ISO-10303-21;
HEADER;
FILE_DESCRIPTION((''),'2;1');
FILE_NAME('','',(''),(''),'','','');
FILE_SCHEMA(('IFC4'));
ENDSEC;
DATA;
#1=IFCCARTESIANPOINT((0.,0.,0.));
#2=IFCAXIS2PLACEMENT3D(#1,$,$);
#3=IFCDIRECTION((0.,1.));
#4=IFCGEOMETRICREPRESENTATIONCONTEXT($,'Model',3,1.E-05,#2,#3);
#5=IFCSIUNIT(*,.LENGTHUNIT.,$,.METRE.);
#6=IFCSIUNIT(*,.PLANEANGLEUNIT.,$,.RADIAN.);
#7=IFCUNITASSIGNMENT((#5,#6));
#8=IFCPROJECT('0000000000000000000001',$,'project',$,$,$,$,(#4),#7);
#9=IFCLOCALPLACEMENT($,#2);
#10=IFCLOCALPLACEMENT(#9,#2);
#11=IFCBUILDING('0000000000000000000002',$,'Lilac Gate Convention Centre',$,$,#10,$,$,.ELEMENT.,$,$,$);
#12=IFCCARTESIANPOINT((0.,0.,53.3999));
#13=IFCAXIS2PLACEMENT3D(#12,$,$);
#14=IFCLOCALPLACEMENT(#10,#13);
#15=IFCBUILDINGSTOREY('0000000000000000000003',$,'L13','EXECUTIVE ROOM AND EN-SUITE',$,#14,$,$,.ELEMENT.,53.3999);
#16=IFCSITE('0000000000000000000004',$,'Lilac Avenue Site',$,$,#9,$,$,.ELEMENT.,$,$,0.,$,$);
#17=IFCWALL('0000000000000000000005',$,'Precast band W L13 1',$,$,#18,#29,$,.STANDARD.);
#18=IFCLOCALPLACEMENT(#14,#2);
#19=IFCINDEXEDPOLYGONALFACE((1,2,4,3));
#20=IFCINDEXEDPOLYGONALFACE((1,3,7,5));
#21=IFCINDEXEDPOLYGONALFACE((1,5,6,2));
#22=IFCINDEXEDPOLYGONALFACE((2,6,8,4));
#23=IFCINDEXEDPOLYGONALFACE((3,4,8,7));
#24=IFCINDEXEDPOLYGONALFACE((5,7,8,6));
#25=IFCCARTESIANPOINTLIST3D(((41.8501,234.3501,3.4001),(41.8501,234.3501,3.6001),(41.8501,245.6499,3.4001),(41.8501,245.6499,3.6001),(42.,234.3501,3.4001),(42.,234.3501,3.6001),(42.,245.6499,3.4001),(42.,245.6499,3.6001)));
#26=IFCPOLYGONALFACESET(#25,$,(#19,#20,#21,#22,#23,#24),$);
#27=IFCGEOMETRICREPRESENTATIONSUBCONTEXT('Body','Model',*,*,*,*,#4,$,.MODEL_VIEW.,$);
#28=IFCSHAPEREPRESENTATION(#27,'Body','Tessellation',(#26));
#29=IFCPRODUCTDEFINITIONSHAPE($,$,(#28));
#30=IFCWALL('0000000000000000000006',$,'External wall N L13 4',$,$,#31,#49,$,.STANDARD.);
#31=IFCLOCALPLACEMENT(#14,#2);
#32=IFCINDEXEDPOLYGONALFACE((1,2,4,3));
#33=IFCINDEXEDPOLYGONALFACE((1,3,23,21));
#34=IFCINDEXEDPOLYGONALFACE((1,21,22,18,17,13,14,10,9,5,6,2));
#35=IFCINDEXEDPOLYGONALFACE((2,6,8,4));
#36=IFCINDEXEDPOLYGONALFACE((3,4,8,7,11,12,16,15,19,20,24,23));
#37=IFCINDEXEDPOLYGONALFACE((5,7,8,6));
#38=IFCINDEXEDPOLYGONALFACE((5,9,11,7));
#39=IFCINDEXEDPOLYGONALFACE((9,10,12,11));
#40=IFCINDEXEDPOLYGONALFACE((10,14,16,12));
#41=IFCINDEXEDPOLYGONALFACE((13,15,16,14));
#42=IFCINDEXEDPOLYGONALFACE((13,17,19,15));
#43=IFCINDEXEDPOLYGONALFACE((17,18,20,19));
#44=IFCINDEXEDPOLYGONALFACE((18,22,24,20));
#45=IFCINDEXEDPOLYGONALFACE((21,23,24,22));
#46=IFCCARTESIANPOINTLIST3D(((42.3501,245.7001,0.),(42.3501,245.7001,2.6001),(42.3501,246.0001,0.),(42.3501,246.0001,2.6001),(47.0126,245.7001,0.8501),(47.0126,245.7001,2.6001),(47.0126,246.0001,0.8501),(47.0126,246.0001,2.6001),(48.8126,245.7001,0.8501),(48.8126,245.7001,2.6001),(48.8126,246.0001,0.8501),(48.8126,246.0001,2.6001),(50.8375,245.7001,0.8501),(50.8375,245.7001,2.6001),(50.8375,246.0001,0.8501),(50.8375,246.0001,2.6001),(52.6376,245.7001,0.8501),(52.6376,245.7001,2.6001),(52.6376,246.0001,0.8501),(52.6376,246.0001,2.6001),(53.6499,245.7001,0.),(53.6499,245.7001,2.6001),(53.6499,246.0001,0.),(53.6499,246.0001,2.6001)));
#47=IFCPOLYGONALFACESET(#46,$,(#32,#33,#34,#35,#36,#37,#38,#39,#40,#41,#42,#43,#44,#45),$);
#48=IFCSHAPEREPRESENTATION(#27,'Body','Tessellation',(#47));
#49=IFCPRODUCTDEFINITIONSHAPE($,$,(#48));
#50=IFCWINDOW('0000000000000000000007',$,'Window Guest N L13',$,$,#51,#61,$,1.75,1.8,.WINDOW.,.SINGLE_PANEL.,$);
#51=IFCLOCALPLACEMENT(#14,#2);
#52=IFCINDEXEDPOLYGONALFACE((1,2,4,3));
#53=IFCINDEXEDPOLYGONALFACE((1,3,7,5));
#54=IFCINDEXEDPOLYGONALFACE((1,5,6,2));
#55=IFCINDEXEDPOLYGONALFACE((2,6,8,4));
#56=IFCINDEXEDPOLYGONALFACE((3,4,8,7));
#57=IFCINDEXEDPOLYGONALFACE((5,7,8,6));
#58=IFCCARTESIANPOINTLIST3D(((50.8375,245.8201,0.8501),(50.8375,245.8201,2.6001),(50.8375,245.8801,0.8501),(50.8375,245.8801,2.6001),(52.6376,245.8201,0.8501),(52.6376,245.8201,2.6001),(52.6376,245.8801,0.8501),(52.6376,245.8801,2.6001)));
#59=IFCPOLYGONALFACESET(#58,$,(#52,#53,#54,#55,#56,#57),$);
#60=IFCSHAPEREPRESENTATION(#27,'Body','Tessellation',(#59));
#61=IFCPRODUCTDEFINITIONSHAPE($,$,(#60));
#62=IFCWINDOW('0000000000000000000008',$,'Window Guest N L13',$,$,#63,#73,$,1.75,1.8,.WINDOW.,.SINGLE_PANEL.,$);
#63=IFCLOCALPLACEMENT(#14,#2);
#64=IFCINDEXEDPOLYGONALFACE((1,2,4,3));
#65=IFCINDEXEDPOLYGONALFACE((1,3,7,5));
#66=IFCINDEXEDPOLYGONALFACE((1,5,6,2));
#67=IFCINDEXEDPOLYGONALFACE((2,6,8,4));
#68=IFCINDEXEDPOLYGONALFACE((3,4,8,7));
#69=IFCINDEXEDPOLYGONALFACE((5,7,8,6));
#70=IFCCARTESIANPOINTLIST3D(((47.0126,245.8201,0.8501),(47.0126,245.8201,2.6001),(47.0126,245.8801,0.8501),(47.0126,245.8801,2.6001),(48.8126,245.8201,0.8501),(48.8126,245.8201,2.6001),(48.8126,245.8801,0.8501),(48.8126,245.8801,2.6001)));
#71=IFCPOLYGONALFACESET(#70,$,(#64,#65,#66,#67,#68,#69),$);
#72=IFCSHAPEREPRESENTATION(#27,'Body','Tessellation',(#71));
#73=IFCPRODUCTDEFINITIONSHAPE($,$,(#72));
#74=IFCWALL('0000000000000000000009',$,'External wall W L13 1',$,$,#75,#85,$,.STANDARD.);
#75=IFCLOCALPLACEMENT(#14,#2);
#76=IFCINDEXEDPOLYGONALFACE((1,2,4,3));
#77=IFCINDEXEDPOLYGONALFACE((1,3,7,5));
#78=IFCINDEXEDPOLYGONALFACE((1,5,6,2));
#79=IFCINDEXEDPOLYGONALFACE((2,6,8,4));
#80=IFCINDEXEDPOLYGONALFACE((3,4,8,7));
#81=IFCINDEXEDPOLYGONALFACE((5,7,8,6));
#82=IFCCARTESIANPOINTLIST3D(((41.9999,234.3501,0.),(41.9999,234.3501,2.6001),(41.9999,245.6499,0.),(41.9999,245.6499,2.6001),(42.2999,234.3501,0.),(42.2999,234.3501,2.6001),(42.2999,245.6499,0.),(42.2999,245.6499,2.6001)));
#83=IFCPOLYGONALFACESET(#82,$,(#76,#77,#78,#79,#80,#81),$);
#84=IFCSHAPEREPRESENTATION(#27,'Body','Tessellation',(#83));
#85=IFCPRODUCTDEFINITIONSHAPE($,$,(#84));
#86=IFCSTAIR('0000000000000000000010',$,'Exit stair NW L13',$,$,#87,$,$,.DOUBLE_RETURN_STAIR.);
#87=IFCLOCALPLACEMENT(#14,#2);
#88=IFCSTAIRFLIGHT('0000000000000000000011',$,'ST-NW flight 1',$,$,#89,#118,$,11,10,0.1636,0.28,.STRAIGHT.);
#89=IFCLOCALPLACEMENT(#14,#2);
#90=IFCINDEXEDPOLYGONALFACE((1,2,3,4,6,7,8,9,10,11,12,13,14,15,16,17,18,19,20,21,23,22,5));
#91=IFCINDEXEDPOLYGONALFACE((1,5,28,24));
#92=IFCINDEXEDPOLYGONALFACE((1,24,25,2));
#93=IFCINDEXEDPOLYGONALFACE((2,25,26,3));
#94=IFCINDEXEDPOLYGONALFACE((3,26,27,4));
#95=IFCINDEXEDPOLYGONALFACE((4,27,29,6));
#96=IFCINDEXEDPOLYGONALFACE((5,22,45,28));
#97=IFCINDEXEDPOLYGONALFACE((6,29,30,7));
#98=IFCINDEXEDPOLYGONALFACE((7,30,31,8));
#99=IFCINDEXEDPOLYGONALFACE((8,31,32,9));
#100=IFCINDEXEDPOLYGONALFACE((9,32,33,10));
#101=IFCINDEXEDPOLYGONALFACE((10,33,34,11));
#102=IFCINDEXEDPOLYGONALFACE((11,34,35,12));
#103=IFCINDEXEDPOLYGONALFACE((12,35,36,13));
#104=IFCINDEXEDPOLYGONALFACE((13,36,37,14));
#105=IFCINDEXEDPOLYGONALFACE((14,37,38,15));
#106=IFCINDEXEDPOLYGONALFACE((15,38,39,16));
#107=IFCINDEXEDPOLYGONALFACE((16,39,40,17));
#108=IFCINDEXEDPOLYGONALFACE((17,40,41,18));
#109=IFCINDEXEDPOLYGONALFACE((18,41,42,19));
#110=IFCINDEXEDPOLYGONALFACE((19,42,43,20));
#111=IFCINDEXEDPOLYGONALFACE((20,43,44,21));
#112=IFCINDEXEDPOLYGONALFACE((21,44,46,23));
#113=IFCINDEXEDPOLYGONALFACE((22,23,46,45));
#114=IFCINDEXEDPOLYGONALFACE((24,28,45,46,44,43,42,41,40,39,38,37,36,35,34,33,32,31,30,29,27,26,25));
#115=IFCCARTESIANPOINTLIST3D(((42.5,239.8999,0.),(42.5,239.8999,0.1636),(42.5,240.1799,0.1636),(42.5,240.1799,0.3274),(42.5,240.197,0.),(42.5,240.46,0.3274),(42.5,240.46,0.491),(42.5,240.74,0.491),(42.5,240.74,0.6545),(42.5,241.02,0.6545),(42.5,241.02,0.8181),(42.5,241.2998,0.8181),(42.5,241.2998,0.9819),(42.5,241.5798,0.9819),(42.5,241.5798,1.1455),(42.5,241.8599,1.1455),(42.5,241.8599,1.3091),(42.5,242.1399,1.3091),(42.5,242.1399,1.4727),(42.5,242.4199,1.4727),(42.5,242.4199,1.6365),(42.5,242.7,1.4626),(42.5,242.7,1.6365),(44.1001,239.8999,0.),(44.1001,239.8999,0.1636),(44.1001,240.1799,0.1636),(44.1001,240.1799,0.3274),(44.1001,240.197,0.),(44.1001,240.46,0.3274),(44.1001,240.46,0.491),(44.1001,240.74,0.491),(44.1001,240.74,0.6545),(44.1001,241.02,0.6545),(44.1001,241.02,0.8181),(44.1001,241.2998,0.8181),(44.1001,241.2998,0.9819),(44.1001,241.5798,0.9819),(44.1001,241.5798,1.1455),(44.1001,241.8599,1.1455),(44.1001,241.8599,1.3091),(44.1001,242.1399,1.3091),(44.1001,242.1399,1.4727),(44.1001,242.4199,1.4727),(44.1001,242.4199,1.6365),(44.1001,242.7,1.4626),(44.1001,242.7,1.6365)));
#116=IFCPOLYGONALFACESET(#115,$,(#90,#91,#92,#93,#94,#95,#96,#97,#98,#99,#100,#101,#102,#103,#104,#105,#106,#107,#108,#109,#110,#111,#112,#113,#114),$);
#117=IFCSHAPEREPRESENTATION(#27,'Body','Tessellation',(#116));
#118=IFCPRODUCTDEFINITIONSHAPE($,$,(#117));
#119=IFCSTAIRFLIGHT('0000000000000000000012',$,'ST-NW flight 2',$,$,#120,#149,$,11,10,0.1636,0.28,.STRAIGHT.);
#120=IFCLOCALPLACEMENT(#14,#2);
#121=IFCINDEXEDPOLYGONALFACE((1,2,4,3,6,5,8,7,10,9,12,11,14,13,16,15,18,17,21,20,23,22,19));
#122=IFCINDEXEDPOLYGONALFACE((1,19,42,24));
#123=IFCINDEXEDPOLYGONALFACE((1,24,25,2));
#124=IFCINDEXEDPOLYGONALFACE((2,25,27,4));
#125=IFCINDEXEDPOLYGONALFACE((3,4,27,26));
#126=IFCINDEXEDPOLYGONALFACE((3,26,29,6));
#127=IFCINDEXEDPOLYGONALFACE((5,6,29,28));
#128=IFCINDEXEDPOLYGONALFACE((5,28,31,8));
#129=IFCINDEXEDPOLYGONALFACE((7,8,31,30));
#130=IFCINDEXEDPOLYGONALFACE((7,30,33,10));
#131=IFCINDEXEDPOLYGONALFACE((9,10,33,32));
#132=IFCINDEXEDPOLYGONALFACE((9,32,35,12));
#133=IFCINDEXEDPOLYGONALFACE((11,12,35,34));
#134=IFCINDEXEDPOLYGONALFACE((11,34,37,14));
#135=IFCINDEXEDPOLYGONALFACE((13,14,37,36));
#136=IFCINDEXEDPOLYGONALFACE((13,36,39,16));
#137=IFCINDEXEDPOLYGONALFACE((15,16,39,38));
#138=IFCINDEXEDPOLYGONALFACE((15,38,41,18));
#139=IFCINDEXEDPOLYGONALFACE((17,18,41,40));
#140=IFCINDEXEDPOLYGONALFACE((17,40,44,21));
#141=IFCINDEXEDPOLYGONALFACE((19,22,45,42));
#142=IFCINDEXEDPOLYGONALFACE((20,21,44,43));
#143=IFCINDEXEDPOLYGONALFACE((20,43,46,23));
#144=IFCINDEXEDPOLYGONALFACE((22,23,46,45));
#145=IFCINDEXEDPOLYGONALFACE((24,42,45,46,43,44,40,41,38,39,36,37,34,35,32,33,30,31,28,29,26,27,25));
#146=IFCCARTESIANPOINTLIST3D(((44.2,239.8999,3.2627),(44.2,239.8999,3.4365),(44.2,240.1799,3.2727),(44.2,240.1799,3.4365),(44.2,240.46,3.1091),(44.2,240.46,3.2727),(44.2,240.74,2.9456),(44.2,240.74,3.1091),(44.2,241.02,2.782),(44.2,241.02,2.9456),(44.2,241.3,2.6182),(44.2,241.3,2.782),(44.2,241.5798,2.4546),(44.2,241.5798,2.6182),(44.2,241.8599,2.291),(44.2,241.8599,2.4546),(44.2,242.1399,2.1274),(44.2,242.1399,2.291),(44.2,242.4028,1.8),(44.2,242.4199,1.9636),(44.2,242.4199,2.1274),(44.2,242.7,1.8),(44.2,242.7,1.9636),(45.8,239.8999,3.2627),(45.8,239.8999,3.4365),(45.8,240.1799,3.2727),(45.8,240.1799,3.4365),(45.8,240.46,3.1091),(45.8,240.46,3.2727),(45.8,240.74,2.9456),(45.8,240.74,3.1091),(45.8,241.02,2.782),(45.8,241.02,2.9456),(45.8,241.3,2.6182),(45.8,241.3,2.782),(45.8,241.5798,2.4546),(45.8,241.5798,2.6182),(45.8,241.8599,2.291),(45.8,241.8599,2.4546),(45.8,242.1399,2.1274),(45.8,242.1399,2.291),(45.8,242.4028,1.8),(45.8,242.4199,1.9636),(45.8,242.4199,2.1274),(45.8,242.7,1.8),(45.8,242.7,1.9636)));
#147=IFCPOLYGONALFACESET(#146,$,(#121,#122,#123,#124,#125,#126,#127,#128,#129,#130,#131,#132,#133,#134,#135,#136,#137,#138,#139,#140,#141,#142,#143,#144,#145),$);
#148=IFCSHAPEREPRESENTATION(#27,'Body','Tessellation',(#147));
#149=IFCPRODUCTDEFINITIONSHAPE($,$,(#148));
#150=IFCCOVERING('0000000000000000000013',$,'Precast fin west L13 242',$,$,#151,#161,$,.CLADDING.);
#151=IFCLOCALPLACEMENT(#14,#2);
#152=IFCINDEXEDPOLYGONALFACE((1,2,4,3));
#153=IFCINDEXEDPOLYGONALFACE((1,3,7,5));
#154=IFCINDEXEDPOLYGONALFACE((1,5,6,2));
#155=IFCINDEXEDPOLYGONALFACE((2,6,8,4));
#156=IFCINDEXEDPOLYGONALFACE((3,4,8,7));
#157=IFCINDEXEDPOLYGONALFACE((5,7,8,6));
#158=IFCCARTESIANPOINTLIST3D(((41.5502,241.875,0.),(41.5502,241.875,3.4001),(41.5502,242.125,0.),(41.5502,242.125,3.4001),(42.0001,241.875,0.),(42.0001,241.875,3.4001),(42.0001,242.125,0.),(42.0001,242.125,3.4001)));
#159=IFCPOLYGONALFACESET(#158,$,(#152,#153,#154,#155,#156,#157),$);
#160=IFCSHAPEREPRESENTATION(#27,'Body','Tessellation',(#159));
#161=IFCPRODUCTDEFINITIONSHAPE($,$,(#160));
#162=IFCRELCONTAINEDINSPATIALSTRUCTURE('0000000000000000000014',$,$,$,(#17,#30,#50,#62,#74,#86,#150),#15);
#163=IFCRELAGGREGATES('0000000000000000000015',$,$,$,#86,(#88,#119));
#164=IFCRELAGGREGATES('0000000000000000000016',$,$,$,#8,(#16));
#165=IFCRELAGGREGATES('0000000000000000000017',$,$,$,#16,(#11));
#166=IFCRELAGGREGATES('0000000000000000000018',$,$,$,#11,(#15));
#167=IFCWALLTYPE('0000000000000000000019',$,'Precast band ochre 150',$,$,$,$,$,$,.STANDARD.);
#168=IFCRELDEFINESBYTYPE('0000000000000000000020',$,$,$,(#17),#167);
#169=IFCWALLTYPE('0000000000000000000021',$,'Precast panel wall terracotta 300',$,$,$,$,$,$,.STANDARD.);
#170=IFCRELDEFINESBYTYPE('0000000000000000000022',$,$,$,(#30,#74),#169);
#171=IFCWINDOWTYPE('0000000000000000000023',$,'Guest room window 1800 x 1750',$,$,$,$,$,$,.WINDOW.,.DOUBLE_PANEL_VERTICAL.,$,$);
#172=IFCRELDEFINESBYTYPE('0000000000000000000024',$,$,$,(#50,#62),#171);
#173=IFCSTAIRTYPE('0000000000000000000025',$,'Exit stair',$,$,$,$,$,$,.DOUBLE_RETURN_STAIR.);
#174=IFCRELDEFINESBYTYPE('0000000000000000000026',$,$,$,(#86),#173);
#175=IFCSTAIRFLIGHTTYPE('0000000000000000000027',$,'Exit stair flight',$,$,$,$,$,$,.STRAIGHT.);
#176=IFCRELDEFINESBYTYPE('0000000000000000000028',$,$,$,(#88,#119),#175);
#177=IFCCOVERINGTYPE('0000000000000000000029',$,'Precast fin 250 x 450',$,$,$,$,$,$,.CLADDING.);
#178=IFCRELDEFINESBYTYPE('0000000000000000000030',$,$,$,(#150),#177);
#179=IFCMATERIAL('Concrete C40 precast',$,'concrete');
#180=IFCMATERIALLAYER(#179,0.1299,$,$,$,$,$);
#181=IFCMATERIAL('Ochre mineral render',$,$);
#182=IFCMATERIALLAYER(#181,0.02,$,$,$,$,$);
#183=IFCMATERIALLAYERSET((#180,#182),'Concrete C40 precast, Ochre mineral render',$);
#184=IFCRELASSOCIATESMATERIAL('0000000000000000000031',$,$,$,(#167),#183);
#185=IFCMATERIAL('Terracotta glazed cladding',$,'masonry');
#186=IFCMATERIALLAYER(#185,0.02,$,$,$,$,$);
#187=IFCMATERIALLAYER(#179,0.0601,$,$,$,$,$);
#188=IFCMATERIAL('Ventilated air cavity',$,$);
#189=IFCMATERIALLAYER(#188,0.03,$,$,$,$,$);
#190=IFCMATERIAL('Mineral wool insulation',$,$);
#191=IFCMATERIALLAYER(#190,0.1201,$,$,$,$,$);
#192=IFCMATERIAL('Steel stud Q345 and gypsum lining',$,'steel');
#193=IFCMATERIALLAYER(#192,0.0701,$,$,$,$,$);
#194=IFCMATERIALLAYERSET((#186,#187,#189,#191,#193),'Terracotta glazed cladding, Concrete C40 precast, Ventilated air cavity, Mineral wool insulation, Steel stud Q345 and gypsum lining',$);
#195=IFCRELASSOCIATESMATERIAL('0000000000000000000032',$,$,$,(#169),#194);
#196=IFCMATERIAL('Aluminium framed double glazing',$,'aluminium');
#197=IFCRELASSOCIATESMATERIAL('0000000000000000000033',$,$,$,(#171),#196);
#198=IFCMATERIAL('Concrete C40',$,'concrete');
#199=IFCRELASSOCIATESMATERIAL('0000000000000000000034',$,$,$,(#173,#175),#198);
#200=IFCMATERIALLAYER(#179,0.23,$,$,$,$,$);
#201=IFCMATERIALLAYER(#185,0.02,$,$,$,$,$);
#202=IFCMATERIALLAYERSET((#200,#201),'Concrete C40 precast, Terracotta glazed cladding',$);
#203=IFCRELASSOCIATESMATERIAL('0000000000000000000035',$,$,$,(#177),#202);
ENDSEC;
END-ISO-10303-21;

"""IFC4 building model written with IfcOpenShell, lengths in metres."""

from ifc_helpers import new_model, si_unit, direction, frame, frame_2d, origin, place, context, subcontext, project, spatial, polyline, rectangle, outline, extrude, material, layer, layer_set, type_object, element, fill, aggregate, save


model = new_model("IFC4")

# Units and contexts
model_context = context("Model", 3, precision=1e-05, world=origin(), true_north=direction((0.0, 1.0)))
body_context = subcontext(model_context, "Body", "Model", "MODEL_VIEW")
ifc_project = project(units=[si_unit("LENGTHUNIT", "METRE"), si_unit("PLANEANGLEUNIT", "RADIAN")], contexts=[model_context])

# Site, building, storey
site_placement = place(None, origin())
site = spatial("IfcSite", under=ifc_project, at=site_placement, Name="Lilac Avenue Site", CompositionType="ELEMENT", RefElevation=0.0)
building_placement = place(site_placement, origin())
building = spatial("IfcBuilding", under=site, at=building_placement, Name="Lilac Gate Convention Centre", CompositionType="ELEMENT")
storey_placement = place(building_placement, frame((0.0, 0.0, 53.3999)))
storey = spatial("IfcBuildingStorey", under=building, at=storey_placement, Name="L13", Description="EXECUTIVE ROOM AND EN-SUITE", CompositionType="ELEMENT", Elevation=53.3999)

# Shared definitions
ifc_material_1 = material(Name="Concrete C40", Category="concrete")

# Wall
ifc_material_2 = material(Name="Concrete C40 precast", Category="concrete")
ifc_layer_1 = layer(ifc_material_2, 0.1299)
ifc_material_3 = material(Name="Ochre mineral render")
ifc_layer_2 = layer(ifc_material_3, 0.02)
ifc_layer_set_1 = layer_set([ifc_layer_1, ifc_layer_2], Name="Concrete C40 precast, Ochre mineral render")
wall_type_1 = type_object("IfcWallType", Name="Precast band ochre 150", PredefinedType="STANDARD", material=ifc_layer_set_1)
for number, where, z_axis, x_axis, name in (
    (1, (41.925, 245.6499, 3.4001), (0.0, 0.0, 1.0), (0.0, -1.0, 0.0), "Precast band W L13 1"),
):
    element("IfcWall", number, at=place(storey_placement, frame(where, z_axis=z_axis, x_axis=x_axis)), inside=storey, type_object=wall_type_1, Name=name, PredefinedType="STANDARD", context=body_context, shape_type="SweptSolid", body=[
        extrude(rectangle(XDim=11.2998, YDim=0.1499, at=frame_2d((5.6499, 0.0))), origin(), (0.0, 0.0, 1.0), 0.2),
    ])

# Wall, openings, windows
ifc_material_4 = material(Name="Terracotta glazed cladding", Category="masonry")
ifc_layer_3 = layer(ifc_material_4, 0.02)
ifc_layer_4 = layer(ifc_material_2, 0.0601)
ifc_material_5 = material(Name="Ventilated air cavity")
ifc_layer_5 = layer(ifc_material_5, 0.03)
ifc_material_6 = material(Name="Mineral wool insulation")
ifc_layer_6 = layer(ifc_material_6, 0.1201)
ifc_material_7 = material(Name="Steel stud Q345 and gypsum lining", Category="steel")
ifc_layer_7 = layer(ifc_material_7, 0.0701)
ifc_layer_set_2 = layer_set([ifc_layer_3, ifc_layer_4, ifc_layer_5, ifc_layer_6, ifc_layer_7], Name="Terracotta glazed cladding, Concrete C40 precast, Ventilated air cavity, Mineral wool insulation, Steel stud Q345 and gypsum lining")
wall_type_2 = type_object("IfcWallType", Name="Precast panel wall terracotta 300", PredefinedType="STANDARD", material=ifc_layer_set_2)
wall_1_placement = place(storey_placement, frame((53.6499, 245.8501, 0.0), z_axis=(0.0, 0.0, 1.0), x_axis=(-1.0, 0.0, 0.0)))
wall_1 = element("IfcWall", 2, at=wall_1_placement, inside=storey, type_object=wall_type_2, Name="External wall N L13 4", PredefinedType="STANDARD", context=body_context, shape_type="SweptSolid", body=[
    extrude(rectangle(XDim=11.2998, YDim=0.3, at=frame_2d((5.6499, 0.0))), origin(), (0.0, 0.0, 1.0), 2.6001),
])
opening_1_placement = place(wall_1_placement, frame((1.0125, 0.0, 0.8501)))
opening_1 = element("IfcOpeningElement", 3, at=opening_1_placement, cuts=wall_1, PredefinedType="OPENING", context=body_context, shape_type="SweptSolid", body=[
    extrude(rectangle(XDim=1.8, YDim=1.75, at=frame_2d((0.8999, 0.875))), frame((0.0, 0.1599, 0.0), z_axis=(0.0, -1.0, 0.0), x_axis=(1.0, 0.0, 0.0)), (0.0, 0.0, 1.0), 0.3201),
])
opening_2_placement = place(wall_1_placement, frame((4.8374, 0.0, 0.8501)))
opening_2 = element("IfcOpeningElement", 4, at=opening_2_placement, cuts=wall_1, PredefinedType="OPENING", context=body_context, shape_type="SweptSolid", body=[
    extrude(rectangle(XDim=1.8, YDim=1.75, at=frame_2d((0.8999, 0.875))), frame((0.0, 0.1599, 0.0), z_axis=(0.0, -1.0, 0.0), x_axis=(1.0, 0.0, 0.0)), (0.0, 0.0, 1.0), 0.3201),
])
ifc_material_8 = material(Name="Aluminium framed double glazing", Category="aluminium")
window_type = type_object("IfcWindowType", Name="Guest room window 1800 x 1750", PartitioningType="DOUBLE_PANEL_VERTICAL", PredefinedType="WINDOW", material=ifc_material_8)
window_1_placement = place(opening_1_placement, origin())
window_1 = element("IfcWindow", 5, at=window_1_placement, inside=storey, type_object=window_type, Name="Window Guest N L13", OverallHeight=1.75, OverallWidth=1.8, PartitioningType="SINGLE_PANEL", PredefinedType="WINDOW", context=body_context, shape_type="SweptSolid", body=[
    extrude(rectangle(XDim=1.8, YDim=1.75, at=frame_2d((0.8999, 0.875))), frame((0.0, 0.03, 0.0), z_axis=(0.0, -1.0, 0.0), x_axis=(1.0, 0.0, 0.0)), (0.0, 0.0, 1.0), 0.0601),
])
fill(opening_1, window_1)
window_2_placement = place(opening_2_placement, origin())
window_2 = element("IfcWindow", 6, at=window_2_placement, inside=storey, type_object=window_type, Name="Window Guest N L13", OverallHeight=1.75, OverallWidth=1.8, PartitioningType="SINGLE_PANEL", PredefinedType="WINDOW", context=body_context, shape_type="SweptSolid", body=[
    extrude(rectangle(XDim=1.8, YDim=1.75, at=frame_2d((0.8999, 0.875))), frame((0.0, 0.03, 0.0), z_axis=(0.0, -1.0, 0.0), x_axis=(1.0, 0.0, 0.0)), (0.0, 0.0, 1.0), 0.0601),
])
fill(opening_2, window_2)

# Wall
wall_2_placement = place(storey_placement, frame((42.1499, 245.6499, 0.0), z_axis=(0.0, 0.0, 1.0), x_axis=(0.0, -1.0, 0.0)))
element("IfcWall", 7, at=wall_2_placement, inside=storey, type_object=wall_type_2, Name="External wall W L13 1", PredefinedType="STANDARD", context=body_context, shape_type="SweptSolid", body=[
    extrude(rectangle(XDim=11.2998, YDim=0.3, at=frame_2d((5.6499, 0.0))), origin(), (0.0, 0.0, 1.0), 2.6001),
])

# Stair, stair flights
stair_type = type_object("IfcStairType", Name="Exit stair", PredefinedType="DOUBLE_RETURN_STAIR", material=ifc_material_1)
stair_placement = place(storey_placement, origin())
stair = element("IfcStair", 8, at=stair_placement, inside=storey, type_object=stair_type, Name="Exit stair NW L13", PredefinedType="DOUBLE_RETURN_STAIR")
stair_flight_type = type_object("IfcStairFlightType", Name="Exit stair flight", PredefinedType="STRAIGHT", material=ifc_material_1)
stair_flight_1_placement = place(storey_placement, frame((43.3, 239.8999, 0.0), z_axis=(0.0, 0.0, 1.0), x_axis=(0.0, 1.0, 0.0)))
stair_flight_1 = element("IfcStairFlight", 9, at=stair_flight_1_placement, type_object=stair_flight_type, Name="ST-NW flight 1", NumberOfRisers=11, NumberOfTreads=10, PredefinedType="STRAIGHT", RiserHeight=0.1636, TreadLength=0.28, context=body_context, shape_type="SweptSolid", body=[
    extrude(outline(polyline([(0.0, 0.0), (0.0, 0.1636), (0.28, 0.1636), (0.28, 0.3274), (0.5601, 0.3274), (0.5601, 0.491), (0.8401, 0.491), (0.8401, 0.6545), (1.1201, 0.6545), (1.1201, 0.8181), (1.3999, 0.8181), (1.3999, 0.9819), (1.6799, 0.9819), (1.6799, 1.1455), (1.96, 1.1455), (1.96, 1.3091), (2.24, 1.3091), (2.24, 1.4727), (2.52, 1.4727), (2.52, 1.6365), (2.8, 1.6365), (2.8, 1.8), (2.8, 1.4626), (0.2971, 0.0), (0.0, 0.0)])), frame((0.0, 0.8, 0.0), z_axis=(0.0, -1.0, 0.0), x_axis=(1.0, 0.0, 0.0)), (0.0, 0.0, 1.0), 1.6001),
])
stair_flight_2_placement = place(storey_placement, frame((45.0, 242.7, 1.8), z_axis=(0.0, 0.0, 1.0), x_axis=(0.0, -1.0, 0.0)))
stair_flight_2 = element("IfcStairFlight", 10, at=stair_flight_2_placement, type_object=stair_flight_type, Name="ST-NW flight 2", NumberOfRisers=11, NumberOfTreads=10, PredefinedType="STRAIGHT", RiserHeight=0.1636, TreadLength=0.28, context=body_context, shape_type="SweptSolid", body=[
    extrude(outline(polyline([(0.0, 0.0), (0.0, 0.1636), (0.28, 0.1636), (0.28, 0.3274), (0.5601, 0.3274), (0.5601, 0.491), (0.8401, 0.491), (0.8401, 0.6545), (1.1201, 0.6545), (1.1201, 0.8181), (1.3999, 0.8181), (1.3999, 0.9819), (1.6799, 0.9819), (1.6799, 1.1455), (1.96, 1.1455), (1.96, 1.3091), (2.24, 1.3091), (2.24, 1.4727), (2.52, 1.4727), (2.52, 1.6365), (2.8, 1.6365), (2.8, 1.8), (2.8, 1.4626), (0.2971, 0.0), (0.0, 0.0)])), frame((0.0, 0.8, 0.0), z_axis=(0.0, -1.0, 0.0), x_axis=(1.0, 0.0, 0.0)), (0.0, 0.0, 1.0), 1.6001),
])
aggregate(stair, [stair_flight_1, stair_flight_2])

# Covering
ifc_layer_8 = layer(ifc_material_2, 0.23)
ifc_layer_9 = layer(ifc_material_4, 0.02)
ifc_layer_set_3 = layer_set([ifc_layer_8, ifc_layer_9], Name="Concrete C40 precast, Terracotta glazed cladding")
covering_type = type_object("IfcCoveringType", Name="Precast fin 250 x 450", PredefinedType="CLADDING", material=ifc_layer_set_3)
covering_placement = place(storey_placement, frame((41.55, 242.0, 0.0), z_axis=(0.0, 0.0, 1.0), x_axis=(1.0, 0.0, 0.0)))
element("IfcCovering", 11, at=covering_placement, inside=storey, type_object=covering_type, Name="Precast fin west L13 242", PredefinedType="CLADDING", context=body_context, shape_type="SweptSolid", body=[
    extrude(rectangle(XDim=0.45, YDim=0.25, at=frame_2d((0.2251, 0.0))), origin(), (0.0, 0.0, 1.0), 3.4001),
])

save(model, "model.ifc")
